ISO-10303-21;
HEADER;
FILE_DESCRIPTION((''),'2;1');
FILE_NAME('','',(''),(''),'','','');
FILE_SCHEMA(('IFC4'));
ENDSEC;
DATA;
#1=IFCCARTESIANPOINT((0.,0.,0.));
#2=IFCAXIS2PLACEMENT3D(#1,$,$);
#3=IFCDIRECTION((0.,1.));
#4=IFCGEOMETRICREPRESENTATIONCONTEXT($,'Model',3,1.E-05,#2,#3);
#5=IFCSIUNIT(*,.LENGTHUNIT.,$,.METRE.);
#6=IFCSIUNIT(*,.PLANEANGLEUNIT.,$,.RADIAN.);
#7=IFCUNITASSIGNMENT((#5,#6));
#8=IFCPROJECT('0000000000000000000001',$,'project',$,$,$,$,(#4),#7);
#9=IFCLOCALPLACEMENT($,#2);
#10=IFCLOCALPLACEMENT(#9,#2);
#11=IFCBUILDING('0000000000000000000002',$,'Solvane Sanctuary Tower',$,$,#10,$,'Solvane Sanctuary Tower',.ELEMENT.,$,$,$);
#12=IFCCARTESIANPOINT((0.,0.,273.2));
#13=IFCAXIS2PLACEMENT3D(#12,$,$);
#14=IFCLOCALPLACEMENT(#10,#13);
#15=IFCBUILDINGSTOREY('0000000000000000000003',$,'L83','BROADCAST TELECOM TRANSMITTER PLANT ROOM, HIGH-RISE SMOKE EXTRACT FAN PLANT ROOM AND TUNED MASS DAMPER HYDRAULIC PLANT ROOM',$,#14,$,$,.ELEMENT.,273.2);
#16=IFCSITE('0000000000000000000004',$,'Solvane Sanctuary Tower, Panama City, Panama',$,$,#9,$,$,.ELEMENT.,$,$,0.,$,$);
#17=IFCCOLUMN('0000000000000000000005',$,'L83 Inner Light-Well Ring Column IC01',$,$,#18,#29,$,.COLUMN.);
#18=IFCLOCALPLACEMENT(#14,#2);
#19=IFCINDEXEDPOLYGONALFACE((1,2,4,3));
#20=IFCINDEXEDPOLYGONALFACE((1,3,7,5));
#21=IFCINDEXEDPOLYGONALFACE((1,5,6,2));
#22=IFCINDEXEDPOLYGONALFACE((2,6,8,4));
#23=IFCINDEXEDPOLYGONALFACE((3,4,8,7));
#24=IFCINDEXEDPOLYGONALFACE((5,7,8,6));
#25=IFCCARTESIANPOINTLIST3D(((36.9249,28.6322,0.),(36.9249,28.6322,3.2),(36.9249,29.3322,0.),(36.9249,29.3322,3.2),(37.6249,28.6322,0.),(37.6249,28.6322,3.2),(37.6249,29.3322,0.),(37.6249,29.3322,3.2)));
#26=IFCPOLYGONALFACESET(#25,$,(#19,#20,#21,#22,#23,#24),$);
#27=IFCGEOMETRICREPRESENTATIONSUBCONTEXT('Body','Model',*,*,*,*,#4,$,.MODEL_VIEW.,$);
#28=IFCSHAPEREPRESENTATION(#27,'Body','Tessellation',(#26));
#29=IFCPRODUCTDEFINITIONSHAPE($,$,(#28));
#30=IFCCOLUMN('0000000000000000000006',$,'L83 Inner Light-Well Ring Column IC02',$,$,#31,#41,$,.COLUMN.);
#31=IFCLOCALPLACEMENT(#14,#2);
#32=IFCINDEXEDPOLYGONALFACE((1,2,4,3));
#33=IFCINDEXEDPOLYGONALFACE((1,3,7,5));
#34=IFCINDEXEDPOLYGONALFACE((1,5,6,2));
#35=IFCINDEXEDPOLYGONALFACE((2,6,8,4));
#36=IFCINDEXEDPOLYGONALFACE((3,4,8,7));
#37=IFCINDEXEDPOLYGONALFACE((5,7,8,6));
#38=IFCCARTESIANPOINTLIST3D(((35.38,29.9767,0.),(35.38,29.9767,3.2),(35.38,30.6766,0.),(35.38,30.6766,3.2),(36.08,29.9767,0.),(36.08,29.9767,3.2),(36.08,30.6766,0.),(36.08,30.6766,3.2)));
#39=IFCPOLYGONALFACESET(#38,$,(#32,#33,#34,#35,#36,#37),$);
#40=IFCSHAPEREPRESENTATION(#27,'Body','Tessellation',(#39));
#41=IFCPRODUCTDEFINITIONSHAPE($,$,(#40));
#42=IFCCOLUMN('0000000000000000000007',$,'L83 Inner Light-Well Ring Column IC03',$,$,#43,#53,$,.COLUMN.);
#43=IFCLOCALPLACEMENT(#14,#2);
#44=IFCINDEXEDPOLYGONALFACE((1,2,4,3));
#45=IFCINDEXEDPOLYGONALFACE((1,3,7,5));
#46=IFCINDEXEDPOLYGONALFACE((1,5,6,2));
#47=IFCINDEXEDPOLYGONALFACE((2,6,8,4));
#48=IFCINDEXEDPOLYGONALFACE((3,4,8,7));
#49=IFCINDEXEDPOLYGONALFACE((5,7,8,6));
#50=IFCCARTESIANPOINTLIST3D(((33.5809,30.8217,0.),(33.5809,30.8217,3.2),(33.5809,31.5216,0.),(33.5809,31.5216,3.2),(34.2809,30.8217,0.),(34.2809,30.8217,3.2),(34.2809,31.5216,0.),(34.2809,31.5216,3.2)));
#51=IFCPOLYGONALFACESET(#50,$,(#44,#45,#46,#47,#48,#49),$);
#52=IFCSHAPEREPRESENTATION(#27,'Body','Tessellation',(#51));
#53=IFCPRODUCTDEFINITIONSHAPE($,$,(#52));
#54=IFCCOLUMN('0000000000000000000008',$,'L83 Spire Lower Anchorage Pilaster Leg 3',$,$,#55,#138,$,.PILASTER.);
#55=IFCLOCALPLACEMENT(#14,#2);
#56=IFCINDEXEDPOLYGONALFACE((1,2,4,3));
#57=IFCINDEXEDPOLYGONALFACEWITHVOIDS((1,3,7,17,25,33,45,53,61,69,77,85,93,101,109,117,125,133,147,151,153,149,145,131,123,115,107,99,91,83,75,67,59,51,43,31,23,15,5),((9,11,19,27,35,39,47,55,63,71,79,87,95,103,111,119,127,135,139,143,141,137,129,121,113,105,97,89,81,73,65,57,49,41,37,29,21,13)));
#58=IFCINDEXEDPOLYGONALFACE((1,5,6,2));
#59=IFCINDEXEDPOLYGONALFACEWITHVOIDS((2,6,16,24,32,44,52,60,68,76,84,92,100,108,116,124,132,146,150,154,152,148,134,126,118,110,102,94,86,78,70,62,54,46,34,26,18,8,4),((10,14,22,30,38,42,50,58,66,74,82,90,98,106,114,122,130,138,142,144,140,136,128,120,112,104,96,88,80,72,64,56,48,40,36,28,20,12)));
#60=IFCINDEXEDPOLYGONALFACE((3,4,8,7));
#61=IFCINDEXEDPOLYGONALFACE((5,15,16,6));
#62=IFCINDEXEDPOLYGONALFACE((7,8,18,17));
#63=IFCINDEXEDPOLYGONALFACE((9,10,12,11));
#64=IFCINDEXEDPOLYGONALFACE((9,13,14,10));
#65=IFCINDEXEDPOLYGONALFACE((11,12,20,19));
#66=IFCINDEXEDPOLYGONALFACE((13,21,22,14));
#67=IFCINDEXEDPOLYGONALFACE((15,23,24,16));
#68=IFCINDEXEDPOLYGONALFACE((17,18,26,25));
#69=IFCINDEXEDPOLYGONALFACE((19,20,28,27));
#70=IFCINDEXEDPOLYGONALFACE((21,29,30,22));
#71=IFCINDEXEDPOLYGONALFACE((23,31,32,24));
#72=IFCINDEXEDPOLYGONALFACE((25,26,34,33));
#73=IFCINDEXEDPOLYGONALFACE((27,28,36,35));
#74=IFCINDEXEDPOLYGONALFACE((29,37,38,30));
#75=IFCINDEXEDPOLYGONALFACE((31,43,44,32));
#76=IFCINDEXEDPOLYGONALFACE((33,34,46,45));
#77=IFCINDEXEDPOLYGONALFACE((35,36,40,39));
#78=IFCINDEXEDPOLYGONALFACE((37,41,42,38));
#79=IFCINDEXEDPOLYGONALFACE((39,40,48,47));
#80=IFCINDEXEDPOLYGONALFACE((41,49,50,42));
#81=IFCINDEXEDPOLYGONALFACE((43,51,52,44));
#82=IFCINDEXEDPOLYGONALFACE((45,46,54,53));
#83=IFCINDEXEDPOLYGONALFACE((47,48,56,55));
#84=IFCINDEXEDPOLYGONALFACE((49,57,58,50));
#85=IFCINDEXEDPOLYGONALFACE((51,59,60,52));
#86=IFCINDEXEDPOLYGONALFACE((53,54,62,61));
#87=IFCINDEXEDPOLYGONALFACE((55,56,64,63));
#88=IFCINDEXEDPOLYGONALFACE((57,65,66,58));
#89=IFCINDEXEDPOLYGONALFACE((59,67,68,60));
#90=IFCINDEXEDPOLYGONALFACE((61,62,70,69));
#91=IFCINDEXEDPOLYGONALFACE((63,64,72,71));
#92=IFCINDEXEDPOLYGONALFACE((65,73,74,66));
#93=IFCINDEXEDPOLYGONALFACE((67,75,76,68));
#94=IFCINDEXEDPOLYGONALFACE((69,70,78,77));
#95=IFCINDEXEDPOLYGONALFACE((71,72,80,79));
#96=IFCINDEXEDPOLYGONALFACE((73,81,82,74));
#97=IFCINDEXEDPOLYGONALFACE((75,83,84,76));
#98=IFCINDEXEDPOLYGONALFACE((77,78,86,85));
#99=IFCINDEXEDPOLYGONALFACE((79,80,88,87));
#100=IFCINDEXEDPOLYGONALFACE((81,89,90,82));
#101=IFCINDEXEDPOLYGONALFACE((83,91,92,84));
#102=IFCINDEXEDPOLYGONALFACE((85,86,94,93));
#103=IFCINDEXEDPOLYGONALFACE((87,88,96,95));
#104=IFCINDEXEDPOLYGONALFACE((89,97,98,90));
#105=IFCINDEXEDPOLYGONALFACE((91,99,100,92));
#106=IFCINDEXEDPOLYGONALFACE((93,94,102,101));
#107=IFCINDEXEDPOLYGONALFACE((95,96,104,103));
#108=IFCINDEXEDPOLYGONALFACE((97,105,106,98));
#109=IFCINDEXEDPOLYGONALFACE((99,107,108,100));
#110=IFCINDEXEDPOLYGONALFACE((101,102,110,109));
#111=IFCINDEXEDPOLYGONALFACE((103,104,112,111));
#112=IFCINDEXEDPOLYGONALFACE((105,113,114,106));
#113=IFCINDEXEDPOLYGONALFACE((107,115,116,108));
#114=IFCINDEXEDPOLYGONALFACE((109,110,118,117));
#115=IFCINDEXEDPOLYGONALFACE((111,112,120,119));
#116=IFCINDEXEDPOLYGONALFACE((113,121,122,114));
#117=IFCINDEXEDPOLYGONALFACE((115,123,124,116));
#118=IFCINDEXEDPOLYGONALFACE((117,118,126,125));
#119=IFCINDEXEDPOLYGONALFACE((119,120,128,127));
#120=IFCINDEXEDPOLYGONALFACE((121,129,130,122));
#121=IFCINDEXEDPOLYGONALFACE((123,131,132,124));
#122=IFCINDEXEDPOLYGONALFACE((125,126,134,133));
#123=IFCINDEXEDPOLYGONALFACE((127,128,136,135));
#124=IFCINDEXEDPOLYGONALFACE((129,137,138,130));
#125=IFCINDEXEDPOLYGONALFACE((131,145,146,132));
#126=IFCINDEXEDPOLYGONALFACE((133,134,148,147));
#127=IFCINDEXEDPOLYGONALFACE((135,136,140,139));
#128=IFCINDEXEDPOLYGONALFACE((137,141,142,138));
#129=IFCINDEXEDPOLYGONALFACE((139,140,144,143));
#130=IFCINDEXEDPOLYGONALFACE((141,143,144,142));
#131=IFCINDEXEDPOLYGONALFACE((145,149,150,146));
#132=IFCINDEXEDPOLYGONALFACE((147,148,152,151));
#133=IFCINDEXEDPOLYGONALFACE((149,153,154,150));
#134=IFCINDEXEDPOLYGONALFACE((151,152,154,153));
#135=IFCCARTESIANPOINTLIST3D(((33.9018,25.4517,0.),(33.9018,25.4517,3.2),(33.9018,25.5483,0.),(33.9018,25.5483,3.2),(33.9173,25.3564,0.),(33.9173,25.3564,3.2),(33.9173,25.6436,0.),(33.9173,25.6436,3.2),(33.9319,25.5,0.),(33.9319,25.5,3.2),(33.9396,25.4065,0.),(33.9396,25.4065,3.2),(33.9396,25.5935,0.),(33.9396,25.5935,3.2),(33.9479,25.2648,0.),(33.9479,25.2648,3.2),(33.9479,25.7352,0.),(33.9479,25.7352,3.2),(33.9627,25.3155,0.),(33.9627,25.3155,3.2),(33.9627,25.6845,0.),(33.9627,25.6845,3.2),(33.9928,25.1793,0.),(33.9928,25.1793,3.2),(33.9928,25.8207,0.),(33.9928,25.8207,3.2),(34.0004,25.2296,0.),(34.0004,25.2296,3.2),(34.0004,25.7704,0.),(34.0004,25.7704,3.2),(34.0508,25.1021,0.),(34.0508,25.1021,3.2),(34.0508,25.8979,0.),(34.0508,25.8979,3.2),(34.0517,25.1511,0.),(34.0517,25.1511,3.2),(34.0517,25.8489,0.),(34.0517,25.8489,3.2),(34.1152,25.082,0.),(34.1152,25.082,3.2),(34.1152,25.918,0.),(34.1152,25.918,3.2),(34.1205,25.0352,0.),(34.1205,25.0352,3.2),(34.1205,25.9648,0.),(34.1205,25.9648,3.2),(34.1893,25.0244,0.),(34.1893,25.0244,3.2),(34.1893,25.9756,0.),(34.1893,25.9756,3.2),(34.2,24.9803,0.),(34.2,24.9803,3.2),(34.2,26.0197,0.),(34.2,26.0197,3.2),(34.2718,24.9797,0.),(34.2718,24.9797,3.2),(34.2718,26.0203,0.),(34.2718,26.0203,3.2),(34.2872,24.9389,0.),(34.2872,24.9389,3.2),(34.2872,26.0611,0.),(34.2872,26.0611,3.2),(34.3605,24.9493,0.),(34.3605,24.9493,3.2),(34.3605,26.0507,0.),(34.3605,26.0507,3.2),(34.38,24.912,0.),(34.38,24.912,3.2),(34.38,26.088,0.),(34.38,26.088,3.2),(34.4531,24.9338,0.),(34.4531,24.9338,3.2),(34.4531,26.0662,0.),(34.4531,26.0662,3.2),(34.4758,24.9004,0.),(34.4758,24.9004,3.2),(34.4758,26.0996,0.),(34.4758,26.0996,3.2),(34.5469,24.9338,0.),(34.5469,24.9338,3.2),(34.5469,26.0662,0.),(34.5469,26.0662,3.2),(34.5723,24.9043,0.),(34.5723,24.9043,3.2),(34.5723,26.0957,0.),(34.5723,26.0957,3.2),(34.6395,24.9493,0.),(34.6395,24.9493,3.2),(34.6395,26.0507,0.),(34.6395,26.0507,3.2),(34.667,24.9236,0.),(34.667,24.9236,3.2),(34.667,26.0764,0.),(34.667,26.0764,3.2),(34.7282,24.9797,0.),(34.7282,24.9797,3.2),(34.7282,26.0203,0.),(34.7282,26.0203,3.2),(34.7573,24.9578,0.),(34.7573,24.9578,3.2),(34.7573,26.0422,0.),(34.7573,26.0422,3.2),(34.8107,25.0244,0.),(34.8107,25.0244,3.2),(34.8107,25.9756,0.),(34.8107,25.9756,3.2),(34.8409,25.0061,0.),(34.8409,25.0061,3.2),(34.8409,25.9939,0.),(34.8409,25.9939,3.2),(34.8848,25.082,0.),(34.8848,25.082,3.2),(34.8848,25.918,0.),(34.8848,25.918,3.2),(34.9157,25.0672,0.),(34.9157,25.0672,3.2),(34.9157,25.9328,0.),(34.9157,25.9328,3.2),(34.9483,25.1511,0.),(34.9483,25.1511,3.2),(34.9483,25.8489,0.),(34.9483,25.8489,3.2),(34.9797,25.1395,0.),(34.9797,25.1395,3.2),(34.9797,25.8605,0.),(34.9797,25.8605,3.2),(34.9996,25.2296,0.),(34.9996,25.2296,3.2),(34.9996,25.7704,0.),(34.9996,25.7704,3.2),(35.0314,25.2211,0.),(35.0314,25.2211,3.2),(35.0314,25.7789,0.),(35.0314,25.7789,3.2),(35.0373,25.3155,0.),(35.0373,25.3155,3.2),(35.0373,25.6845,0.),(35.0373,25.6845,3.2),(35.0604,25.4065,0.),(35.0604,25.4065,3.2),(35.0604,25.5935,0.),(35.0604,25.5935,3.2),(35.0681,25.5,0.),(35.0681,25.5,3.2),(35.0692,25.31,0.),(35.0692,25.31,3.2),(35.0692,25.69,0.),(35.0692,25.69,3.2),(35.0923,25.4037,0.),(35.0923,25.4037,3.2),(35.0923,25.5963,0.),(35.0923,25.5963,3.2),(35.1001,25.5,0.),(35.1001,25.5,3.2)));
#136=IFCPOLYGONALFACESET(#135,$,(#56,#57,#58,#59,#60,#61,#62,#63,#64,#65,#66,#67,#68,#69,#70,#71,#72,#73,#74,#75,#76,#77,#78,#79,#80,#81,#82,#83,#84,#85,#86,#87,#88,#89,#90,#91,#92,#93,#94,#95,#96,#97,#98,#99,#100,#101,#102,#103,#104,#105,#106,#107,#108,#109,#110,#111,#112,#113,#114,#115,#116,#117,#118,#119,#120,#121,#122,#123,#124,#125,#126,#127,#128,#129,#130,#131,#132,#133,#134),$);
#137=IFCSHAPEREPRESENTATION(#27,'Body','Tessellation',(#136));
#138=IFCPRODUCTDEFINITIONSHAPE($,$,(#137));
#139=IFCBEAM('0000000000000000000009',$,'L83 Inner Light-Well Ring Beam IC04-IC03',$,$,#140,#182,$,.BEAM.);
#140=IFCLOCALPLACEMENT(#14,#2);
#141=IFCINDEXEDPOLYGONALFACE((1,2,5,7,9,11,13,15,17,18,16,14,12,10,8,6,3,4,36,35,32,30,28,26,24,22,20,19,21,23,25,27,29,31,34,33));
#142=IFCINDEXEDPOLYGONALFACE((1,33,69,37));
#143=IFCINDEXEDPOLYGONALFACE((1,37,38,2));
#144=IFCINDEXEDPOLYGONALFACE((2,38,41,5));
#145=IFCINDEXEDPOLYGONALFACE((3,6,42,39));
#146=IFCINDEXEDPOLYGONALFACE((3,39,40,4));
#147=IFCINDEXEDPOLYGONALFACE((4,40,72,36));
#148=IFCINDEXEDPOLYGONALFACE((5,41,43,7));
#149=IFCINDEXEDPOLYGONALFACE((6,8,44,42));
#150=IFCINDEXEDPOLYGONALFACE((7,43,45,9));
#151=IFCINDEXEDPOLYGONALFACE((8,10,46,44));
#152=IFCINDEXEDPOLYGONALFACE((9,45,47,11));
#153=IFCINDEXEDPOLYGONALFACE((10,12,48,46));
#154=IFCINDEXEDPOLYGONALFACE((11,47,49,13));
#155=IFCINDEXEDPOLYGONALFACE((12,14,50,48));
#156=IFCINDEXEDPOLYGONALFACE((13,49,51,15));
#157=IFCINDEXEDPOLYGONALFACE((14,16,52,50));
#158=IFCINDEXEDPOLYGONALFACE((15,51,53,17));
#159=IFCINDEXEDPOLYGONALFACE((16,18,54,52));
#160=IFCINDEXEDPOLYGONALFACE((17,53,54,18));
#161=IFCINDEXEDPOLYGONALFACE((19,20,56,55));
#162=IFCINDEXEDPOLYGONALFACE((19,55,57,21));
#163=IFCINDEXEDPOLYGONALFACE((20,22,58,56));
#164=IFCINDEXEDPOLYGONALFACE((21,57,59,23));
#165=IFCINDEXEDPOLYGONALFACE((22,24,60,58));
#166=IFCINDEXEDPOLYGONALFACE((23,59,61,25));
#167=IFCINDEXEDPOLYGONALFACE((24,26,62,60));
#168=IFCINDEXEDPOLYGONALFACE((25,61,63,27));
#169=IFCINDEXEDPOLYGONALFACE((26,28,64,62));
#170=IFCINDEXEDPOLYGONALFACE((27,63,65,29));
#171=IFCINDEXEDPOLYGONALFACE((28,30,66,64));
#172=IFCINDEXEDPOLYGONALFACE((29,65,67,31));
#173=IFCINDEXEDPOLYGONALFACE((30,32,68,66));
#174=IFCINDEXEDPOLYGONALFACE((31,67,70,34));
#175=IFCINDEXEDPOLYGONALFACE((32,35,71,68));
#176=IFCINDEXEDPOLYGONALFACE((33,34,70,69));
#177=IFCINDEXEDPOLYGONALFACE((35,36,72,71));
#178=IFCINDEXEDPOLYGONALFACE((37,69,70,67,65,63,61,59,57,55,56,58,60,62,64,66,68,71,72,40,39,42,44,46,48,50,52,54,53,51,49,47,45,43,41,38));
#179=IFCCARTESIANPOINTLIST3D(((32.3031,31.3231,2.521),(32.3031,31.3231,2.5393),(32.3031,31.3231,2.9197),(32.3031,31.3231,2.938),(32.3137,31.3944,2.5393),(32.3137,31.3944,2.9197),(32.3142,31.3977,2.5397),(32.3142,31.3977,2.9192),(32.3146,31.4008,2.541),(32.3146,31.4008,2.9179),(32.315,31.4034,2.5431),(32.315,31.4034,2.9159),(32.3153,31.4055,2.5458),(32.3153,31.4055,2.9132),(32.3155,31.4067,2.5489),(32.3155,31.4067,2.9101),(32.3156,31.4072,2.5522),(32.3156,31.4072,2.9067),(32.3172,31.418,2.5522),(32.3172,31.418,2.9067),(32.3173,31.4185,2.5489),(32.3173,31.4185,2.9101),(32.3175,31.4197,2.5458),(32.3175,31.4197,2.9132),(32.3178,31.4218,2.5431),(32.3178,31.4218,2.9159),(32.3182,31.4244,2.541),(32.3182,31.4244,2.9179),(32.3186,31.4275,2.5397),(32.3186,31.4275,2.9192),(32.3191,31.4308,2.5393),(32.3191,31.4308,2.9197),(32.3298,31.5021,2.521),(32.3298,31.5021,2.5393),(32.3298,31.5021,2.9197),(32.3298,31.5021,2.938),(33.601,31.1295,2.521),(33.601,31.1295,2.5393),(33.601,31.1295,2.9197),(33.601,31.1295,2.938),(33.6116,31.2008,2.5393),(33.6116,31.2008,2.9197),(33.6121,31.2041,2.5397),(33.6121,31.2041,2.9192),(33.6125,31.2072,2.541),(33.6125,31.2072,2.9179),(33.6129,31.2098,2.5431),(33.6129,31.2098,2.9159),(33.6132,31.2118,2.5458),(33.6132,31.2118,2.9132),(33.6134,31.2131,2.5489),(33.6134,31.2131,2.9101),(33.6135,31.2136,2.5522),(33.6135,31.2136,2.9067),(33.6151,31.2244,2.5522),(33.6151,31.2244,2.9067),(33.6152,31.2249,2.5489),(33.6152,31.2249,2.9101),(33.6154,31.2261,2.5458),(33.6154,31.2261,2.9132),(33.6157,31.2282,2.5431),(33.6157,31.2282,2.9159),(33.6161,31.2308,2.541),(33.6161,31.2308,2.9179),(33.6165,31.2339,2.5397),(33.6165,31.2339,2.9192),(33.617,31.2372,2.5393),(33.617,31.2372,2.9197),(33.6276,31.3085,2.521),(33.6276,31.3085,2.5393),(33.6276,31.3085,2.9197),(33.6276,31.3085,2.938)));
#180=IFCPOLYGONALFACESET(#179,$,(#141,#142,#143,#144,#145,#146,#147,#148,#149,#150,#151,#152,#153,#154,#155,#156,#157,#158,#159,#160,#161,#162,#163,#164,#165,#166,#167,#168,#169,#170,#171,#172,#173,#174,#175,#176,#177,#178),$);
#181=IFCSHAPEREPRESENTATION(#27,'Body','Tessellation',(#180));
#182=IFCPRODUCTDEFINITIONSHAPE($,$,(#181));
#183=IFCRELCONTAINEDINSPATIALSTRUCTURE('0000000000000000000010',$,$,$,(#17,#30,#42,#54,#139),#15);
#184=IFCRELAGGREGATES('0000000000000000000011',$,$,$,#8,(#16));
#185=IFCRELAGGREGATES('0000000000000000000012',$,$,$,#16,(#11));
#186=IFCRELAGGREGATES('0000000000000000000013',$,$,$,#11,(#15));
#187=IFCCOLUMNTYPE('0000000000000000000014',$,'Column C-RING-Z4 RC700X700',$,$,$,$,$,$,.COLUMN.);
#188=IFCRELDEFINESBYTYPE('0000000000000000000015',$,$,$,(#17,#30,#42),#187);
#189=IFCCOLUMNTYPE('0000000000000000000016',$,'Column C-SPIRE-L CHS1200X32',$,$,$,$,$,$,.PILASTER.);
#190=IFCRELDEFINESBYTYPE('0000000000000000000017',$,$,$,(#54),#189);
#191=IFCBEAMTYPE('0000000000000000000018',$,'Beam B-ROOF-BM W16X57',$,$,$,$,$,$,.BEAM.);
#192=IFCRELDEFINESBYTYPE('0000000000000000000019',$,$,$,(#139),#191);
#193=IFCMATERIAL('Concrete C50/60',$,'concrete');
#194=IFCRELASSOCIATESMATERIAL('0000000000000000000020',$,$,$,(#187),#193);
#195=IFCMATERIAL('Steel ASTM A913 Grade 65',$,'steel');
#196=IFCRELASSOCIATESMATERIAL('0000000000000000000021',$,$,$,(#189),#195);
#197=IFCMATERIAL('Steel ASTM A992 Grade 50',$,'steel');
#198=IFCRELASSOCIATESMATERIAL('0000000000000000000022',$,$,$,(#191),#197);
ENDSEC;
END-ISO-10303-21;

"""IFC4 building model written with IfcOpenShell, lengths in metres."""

from ifc_helpers import new_model, si_unit, direction, frame, origin, origin_2d, place, context, subcontext, project, spatial, rectangle, hollow_circle, i_section, extrude, material, material_profile, profile_set, type_object, element, save


model = new_model("IFC4")

# Units and contexts
model_context = context("Model", 3, precision=1e-05, world=origin(), true_north=direction((0.0, 1.0)))
body_context = subcontext(model_context, "Body", "Model", "MODEL_VIEW")
ifc_project = project(units=[si_unit("LENGTHUNIT", "METRE"), si_unit("PLANEANGLEUNIT", "RADIAN")], contexts=[model_context])

# Site, building, storey
site_placement = place(None, origin())
site = spatial("IfcSite", under=ifc_project, at=site_placement, Name="Solvane Sanctuary Tower, Panama City, Panama", CompositionType="ELEMENT", RefElevation=0.0)
building_placement = place(site_placement, origin())
building = spatial("IfcBuilding", under=site, at=building_placement, Name="Solvane Sanctuary Tower", LongName="Solvane Sanctuary Tower", CompositionType="ELEMENT")
storey_placement = place(building_placement, frame((0.0, 0.0, 273.2)))
storey = spatial("IfcBuildingStorey", under=building, at=storey_placement, Name="L83", Description="BROADCAST TELECOM TRANSMITTER PLANT ROOM, HIGH-RISE SMOKE EXTRACT FAN PLANT ROOM AND TUNED MASS DAMPER HYDRAULIC PLANT ROOM", CompositionType="ELEMENT", Elevation=273.2)

# Columns
ifc_material_1 = material(Name="Concrete C50/60", Category="concrete")
ifc_material_profile_1 = material_profile(ifc_material_1, rectangle(XDim=0.7, YDim=0.7, at=origin_2d()), Name="RC700X700")
ifc_profile_set_1 = profile_set([ifc_material_profile_1], Name="Concrete C50/60")
column_type_1 = type_object("IfcColumnType", Name="Column C-RING-Z4 RC700X700", PredefinedType="COLUMN", material=ifc_profile_set_1)
for number, where, z_axis, x_axis, name in (
    (1, (37.2749, 28.9822, 0.0), (0.0, 0.0, 1.0), (1.0, 0.0, 0.0), "L83 Inner Light-Well Ring Column IC01"),
    (2, (35.73, 30.3267, 0.0), (0.0, 0.0, 1.0), (1.0, 0.0, 0.0), "L83 Inner Light-Well Ring Column IC02"),
    (3, (33.9309, 31.1716, 0.0), (0.0, 0.0, 1.0), (1.0, 0.0, 0.0), "L83 Inner Light-Well Ring Column IC03"),
):
    element("IfcColumn", number, at=place(storey_placement, frame(where, z_axis=z_axis, x_axis=x_axis)), inside=storey, type_object=column_type_1, Name=name, PredefinedType="COLUMN", context=body_context, shape_type="SweptSolid", body=[
        extrude(rectangle(XDim=0.7, YDim=0.7, at=origin_2d()), origin(), (0.0, 0.0, 1.0), 3.2),
    ])
ifc_material_2 = material(Name="Steel ASTM A913 Grade 65", Category="steel")
ifc_material_profile_2 = material_profile(ifc_material_2, hollow_circle(Radius=0.6001, WallThickness=0.032, at=origin_2d()), Name="CHS1200X32")
ifc_profile_set_2 = profile_set([ifc_material_profile_2], Name="Steel ASTM A913 Grade 65")
column_type_2 = type_object("IfcColumnType", Name="Column C-SPIRE-L CHS1200X32", PredefinedType="PILASTER", material=ifc_profile_set_2)
column_placement = place(storey_placement, frame((34.5, 25.5, 0.0), z_axis=(0.0, 0.0, 1.0), x_axis=(1.0, 0.0, 0.0)))
element("IfcColumn", 4, at=column_placement, inside=storey, type_object=column_type_2, Name="L83 Spire Lower Anchorage Pilaster Leg 3", PredefinedType="PILASTER", context=body_context, shape_type="SweptSolid", body=[
    extrude(hollow_circle(Radius=0.6001, WallThickness=0.032, at=origin_2d()), origin(), (0.0, 0.0, 1.0), 3.2),
])

# Beam
ifc_material_3 = material(Name="Steel ASTM A992 Grade 50", Category="steel")
ifc_material_profile_3 = material_profile(ifc_material_3, i_section(OverallWidth=0.1809, OverallDepth=0.417, WebThickness=0.011, FlangeThickness=0.0183, FilletRadius=0.0129, at=origin_2d()), Name="W16X57")
ifc_profile_set_3 = profile_set([ifc_material_profile_3], Name="Steel ASTM A992 Grade 50")
beam_type_1 = type_object("IfcBeamType", Name="Beam B-ROOF-BM W16X57", PredefinedType="BEAM", material=ifc_profile_set_3)
beam_1_placement = place(storey_placement, frame((32.3164, 31.4126, 2.7295), z_axis=(0.989056, -0.14754, 0.0), x_axis=(0.14754, 0.989056, 0.0)))
element("IfcBeam", 5, at=beam_1_placement, inside=storey, type_object=beam_type_1, Name="L83 Inner Light-Well Ring Beam IC04-IC03", PredefinedType="BEAM", context=body_context, shape_type="SweptSolid", body=[
    extrude(i_section(OverallWidth=0.1809, OverallDepth=0.417, WebThickness=0.011, FlangeThickness=0.0183, FilletRadius=0.0129, at=origin_2d()), origin(), (0.0, 0.0, 1.0), 1.3123),
])

save(model, "model.ifc")
